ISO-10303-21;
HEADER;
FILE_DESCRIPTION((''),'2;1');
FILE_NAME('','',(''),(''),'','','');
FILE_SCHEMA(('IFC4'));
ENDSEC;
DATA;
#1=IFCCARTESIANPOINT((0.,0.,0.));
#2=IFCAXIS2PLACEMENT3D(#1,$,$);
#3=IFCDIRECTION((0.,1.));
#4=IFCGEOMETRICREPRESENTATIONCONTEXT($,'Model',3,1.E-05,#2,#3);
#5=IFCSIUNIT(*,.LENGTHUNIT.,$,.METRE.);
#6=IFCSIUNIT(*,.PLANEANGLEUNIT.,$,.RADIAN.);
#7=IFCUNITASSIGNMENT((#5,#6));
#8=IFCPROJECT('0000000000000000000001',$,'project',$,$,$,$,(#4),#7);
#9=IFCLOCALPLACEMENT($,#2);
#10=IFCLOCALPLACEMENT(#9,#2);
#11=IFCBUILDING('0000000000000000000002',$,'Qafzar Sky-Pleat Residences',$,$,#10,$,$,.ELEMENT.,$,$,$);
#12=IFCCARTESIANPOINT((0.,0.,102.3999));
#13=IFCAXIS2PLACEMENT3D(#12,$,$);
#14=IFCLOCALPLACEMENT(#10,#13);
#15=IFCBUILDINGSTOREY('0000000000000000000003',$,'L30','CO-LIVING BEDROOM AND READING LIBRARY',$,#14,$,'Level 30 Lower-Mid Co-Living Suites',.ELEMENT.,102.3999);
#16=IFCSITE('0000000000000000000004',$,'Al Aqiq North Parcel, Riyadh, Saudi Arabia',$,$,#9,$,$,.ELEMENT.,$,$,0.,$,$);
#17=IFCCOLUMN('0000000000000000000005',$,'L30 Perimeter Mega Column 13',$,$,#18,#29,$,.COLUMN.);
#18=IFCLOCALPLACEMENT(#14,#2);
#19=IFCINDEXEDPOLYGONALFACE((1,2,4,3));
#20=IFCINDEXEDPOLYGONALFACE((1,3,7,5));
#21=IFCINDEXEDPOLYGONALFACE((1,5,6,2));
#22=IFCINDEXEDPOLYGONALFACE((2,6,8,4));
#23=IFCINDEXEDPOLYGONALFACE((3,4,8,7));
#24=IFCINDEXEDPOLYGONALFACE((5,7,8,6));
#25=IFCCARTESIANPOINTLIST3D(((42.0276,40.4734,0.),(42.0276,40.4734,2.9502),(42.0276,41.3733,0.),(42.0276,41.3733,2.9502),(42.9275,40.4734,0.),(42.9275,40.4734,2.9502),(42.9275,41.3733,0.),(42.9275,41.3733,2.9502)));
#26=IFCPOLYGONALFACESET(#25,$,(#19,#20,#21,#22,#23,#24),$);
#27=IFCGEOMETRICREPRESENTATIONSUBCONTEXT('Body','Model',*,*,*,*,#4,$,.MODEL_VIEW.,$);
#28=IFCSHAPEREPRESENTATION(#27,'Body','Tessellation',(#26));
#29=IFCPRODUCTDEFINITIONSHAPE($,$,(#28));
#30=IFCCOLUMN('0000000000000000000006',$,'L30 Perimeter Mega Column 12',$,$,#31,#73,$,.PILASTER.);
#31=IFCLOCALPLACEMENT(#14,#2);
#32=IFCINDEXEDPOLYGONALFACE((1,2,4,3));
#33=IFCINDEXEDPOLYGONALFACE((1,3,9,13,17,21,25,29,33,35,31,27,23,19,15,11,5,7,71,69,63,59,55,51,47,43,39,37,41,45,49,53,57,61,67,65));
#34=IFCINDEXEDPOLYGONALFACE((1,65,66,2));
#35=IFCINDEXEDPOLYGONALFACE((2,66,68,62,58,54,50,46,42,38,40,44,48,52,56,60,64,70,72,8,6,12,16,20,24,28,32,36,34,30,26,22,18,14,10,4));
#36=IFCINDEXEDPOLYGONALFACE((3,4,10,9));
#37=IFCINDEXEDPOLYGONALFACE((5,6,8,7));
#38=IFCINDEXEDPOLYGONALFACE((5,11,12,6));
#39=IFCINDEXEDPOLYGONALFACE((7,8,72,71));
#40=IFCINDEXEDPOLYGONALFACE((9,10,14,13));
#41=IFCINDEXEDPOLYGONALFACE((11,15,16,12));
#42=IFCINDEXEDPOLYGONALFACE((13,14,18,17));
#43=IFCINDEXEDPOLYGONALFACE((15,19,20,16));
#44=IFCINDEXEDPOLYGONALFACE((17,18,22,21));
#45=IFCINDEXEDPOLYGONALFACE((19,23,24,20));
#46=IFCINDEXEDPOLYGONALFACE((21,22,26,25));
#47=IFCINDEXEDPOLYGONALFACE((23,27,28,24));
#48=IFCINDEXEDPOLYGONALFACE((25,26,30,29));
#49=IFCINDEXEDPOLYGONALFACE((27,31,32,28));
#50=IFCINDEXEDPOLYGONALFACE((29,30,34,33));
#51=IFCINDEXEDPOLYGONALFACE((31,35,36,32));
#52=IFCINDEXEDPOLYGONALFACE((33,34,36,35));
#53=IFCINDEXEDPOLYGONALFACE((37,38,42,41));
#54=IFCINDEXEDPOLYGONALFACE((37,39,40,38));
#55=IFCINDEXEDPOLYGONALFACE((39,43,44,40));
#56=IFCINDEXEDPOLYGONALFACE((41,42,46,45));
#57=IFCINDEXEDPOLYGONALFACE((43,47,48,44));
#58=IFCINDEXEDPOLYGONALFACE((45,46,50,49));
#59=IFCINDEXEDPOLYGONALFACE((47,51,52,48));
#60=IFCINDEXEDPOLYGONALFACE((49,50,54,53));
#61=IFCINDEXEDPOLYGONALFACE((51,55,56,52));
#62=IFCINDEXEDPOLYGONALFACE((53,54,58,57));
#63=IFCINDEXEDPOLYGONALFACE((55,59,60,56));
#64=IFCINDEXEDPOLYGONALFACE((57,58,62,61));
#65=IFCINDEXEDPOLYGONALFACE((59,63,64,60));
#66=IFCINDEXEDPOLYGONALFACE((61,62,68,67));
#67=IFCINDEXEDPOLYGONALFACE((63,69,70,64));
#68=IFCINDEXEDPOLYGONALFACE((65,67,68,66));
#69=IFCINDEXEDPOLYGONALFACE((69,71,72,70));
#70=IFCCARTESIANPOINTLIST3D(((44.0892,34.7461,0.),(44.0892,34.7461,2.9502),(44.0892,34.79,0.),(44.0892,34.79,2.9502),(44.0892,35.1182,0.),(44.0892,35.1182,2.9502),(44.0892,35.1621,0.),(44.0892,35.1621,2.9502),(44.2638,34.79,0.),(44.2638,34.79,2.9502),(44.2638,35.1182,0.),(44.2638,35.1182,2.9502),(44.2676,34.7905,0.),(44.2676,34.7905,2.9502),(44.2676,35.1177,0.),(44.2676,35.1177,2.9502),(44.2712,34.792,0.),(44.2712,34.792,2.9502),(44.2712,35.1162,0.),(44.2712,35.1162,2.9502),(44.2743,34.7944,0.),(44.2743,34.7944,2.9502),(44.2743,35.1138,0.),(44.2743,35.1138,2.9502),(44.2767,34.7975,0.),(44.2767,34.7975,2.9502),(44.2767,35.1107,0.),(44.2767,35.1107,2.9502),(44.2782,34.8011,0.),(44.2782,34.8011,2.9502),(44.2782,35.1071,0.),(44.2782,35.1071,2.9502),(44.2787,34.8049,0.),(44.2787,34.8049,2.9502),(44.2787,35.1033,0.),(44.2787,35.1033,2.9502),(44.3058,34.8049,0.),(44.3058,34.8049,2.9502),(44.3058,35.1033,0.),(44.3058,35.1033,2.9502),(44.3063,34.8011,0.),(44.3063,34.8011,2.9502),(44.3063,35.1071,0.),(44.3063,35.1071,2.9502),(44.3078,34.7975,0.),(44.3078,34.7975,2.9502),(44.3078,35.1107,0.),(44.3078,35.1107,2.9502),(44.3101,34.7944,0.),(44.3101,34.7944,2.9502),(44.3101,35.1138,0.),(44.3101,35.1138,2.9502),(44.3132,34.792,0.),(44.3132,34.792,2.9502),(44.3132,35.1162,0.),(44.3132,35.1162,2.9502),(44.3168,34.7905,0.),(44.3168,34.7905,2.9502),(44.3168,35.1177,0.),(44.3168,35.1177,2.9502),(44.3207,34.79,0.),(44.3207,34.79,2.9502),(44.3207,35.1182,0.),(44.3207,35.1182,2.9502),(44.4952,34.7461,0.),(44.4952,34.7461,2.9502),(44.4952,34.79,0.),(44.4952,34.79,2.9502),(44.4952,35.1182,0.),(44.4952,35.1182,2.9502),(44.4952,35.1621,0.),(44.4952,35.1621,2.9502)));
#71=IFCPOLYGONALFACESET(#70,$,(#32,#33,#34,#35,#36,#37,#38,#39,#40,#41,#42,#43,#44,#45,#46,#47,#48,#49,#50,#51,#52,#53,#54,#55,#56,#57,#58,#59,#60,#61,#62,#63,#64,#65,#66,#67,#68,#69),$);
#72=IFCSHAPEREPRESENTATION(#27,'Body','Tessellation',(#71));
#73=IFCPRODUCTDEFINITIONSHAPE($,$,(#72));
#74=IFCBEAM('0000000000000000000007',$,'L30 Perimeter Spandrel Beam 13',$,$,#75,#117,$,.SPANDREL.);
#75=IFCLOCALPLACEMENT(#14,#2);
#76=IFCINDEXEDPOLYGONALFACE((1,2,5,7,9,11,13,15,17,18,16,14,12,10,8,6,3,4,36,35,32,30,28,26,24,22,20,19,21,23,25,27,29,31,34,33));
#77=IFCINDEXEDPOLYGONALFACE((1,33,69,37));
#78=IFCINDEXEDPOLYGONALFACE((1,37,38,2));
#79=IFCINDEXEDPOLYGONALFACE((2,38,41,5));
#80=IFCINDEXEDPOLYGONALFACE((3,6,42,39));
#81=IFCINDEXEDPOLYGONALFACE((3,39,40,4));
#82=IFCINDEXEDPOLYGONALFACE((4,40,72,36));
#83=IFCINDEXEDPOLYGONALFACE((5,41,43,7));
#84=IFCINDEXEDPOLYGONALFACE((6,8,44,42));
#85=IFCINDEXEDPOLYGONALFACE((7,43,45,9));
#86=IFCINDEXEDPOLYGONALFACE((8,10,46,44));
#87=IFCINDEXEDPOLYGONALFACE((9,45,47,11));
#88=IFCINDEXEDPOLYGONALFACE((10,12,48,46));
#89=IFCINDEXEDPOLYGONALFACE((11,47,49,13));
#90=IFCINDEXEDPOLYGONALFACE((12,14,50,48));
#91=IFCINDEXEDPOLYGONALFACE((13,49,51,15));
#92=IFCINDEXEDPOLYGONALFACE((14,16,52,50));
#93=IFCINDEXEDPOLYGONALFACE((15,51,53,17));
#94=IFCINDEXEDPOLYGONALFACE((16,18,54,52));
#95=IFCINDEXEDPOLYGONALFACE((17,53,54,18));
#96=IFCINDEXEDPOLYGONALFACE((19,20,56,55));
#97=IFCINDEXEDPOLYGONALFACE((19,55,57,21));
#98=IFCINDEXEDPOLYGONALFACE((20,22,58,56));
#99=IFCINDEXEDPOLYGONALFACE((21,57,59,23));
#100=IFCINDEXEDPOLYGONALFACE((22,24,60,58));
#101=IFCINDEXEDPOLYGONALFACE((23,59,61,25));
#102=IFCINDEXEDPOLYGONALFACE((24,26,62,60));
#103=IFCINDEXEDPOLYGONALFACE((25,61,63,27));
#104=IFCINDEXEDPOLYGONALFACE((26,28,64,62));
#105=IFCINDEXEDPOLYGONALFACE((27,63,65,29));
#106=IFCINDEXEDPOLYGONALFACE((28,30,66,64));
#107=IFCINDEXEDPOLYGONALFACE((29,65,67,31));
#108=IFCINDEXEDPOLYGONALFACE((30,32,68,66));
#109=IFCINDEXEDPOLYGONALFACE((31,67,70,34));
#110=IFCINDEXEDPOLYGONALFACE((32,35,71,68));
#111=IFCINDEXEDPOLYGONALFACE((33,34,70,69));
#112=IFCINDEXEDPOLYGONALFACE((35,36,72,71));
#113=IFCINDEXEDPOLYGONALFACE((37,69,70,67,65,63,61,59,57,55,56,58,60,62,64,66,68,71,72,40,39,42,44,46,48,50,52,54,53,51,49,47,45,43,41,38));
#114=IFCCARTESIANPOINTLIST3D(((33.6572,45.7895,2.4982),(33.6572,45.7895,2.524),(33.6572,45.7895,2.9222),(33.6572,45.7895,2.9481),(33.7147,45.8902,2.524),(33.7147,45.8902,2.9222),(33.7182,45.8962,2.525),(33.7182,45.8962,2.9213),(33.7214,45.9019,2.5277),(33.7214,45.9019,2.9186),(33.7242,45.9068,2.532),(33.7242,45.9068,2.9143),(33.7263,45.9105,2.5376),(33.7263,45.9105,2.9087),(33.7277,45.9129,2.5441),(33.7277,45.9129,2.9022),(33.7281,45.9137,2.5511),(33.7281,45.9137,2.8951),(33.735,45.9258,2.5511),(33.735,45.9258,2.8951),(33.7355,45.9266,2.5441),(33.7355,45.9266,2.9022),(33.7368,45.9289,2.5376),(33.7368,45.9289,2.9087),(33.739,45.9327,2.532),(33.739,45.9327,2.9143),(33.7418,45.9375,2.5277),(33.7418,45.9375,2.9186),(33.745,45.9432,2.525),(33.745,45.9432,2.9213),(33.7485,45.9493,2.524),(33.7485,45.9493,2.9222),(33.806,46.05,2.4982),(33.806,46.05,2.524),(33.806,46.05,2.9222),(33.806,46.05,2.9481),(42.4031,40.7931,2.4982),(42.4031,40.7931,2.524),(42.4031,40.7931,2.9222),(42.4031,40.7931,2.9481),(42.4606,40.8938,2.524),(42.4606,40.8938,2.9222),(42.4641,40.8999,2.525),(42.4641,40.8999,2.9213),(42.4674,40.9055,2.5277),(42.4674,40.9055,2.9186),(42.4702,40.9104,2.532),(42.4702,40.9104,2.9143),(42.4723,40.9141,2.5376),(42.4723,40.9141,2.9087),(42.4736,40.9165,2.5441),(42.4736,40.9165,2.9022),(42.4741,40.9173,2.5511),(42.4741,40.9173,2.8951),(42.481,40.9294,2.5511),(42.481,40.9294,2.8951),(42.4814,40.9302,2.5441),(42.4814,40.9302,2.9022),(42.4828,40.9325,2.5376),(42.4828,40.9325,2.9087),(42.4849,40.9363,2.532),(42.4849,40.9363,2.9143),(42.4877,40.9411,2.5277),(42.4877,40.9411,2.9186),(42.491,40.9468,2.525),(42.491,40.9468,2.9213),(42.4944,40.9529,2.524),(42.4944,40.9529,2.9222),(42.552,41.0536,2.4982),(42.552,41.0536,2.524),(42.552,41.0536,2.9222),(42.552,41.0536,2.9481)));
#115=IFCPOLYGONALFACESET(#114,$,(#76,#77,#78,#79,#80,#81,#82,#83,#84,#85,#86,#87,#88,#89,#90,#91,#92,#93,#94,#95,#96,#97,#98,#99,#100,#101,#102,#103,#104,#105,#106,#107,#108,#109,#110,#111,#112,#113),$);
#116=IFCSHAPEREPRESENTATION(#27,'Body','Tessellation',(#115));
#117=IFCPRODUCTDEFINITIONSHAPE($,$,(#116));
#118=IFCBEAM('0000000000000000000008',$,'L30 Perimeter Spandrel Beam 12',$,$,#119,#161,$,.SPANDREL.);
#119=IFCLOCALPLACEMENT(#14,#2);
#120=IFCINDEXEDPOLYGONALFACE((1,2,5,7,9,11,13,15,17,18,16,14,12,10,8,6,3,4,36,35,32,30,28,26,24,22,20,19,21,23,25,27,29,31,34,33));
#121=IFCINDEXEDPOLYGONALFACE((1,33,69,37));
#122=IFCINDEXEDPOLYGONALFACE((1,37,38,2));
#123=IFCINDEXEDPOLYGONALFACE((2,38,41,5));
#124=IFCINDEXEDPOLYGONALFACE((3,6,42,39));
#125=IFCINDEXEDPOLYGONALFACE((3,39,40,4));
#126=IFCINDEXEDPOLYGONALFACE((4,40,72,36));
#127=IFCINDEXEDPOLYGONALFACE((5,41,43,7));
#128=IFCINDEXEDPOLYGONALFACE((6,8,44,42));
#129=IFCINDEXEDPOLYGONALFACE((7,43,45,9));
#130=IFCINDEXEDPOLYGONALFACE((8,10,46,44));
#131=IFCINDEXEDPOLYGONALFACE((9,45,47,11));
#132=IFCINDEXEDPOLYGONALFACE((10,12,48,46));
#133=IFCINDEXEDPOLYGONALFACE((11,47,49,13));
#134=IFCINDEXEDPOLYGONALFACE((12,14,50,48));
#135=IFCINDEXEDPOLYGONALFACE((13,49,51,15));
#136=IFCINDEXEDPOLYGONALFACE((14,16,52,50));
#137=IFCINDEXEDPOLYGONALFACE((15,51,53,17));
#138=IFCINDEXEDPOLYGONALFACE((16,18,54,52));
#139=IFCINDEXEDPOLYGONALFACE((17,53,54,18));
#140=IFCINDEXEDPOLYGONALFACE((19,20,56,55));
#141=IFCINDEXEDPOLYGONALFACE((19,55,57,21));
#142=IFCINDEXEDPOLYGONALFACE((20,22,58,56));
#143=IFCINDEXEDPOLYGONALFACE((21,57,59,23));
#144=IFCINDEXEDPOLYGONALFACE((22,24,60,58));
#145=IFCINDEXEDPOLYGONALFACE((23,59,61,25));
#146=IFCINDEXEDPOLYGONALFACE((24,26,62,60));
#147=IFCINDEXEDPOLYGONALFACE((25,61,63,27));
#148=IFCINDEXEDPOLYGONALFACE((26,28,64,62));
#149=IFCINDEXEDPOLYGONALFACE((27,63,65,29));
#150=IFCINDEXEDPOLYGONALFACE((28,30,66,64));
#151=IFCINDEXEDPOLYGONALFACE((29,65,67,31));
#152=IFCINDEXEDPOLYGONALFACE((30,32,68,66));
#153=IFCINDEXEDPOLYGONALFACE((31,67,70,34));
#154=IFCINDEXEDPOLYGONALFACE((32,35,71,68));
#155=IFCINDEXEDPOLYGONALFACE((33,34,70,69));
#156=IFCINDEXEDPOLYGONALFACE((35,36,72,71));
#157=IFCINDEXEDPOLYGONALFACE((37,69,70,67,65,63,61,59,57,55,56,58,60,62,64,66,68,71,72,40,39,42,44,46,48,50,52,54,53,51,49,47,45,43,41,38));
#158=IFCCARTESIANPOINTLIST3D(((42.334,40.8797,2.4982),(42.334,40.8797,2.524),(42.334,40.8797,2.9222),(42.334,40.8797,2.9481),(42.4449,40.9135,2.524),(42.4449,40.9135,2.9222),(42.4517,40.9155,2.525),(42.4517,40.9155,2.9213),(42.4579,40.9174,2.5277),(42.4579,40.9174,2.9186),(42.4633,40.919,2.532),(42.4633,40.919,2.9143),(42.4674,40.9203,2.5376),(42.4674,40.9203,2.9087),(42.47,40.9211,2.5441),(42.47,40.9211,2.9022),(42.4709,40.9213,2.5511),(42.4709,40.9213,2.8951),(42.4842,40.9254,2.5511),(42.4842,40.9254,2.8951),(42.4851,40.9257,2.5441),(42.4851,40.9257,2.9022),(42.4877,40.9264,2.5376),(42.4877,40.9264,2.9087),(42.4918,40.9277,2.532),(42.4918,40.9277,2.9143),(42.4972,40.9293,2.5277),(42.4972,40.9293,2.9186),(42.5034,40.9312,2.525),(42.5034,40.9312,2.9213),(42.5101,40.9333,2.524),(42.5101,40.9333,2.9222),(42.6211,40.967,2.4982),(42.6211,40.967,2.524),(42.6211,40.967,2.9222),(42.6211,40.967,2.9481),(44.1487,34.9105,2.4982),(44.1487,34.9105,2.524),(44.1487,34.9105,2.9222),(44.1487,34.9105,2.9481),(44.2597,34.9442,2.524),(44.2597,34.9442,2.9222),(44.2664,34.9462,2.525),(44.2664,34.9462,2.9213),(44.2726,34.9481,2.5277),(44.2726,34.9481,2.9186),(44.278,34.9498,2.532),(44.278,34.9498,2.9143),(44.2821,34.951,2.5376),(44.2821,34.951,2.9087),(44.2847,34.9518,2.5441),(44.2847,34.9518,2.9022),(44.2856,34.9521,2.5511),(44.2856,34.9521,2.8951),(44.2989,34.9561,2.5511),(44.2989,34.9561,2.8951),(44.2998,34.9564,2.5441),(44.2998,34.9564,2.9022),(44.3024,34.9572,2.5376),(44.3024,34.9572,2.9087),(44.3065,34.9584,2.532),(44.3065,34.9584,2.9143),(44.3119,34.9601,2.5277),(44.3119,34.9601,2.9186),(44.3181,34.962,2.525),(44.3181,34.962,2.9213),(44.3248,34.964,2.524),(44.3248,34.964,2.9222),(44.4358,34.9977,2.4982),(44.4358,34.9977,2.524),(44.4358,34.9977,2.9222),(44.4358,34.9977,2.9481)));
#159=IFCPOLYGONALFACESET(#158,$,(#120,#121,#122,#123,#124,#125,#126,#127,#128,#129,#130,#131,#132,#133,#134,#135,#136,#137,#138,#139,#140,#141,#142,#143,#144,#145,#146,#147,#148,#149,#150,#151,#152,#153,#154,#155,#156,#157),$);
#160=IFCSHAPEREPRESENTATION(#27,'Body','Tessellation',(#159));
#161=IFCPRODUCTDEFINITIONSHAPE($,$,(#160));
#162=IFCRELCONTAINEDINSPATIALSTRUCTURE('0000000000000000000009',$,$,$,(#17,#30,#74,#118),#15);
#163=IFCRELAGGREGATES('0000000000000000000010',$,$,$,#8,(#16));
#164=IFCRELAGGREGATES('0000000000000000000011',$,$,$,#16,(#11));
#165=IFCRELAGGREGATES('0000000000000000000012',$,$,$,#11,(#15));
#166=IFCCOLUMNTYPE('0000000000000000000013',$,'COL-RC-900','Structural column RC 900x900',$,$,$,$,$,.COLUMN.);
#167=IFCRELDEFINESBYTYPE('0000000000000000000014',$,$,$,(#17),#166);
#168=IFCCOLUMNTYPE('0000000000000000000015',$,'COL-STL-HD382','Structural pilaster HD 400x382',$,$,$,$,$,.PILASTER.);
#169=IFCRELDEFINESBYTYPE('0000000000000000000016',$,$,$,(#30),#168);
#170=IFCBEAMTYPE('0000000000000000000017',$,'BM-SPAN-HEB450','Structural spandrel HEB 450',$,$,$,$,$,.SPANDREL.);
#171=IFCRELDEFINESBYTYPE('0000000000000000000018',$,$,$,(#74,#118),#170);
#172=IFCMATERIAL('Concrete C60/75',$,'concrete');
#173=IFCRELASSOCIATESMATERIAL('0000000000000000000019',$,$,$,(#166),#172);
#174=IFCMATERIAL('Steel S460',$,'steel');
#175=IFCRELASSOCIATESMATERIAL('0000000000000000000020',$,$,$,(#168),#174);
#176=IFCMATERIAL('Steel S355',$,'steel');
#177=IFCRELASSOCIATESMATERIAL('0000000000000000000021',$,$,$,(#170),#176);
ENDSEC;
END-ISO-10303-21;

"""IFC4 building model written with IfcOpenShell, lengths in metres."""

from ifc_helpers import new_model, si_unit, direction, frame, origin, origin_2d, place, context, subcontext, project, spatial, rectangle, i_section, extrude, source, transform, mapped, material, material_profile, profile_set, type_object, element, save


model = new_model("IFC4")

# Units and contexts
model_context = context("Model", 3, precision=1e-05, world=origin(), true_north=direction((0.0, 1.0)))
body_context = subcontext(model_context, "Body", "Model", "MODEL_VIEW")
ifc_project = project(units=[si_unit("LENGTHUNIT", "METRE"), si_unit("PLANEANGLEUNIT", "RADIAN")], contexts=[model_context])

# Site, building, storey
site_placement = place(None, origin())
site = spatial("IfcSite", under=ifc_project, at=site_placement, Name="Al Aqiq North Parcel, Riyadh, Saudi Arabia", CompositionType="ELEMENT", RefElevation=0.0)
building_placement = place(site_placement, origin())
building = spatial("IfcBuilding", under=site, at=building_placement, Name="Qafzar Sky-Pleat Residences", CompositionType="ELEMENT")
storey_placement = place(building_placement, frame((0.0, 0.0, 102.3999)))
storey = spatial("IfcBuildingStorey", under=building, at=storey_placement, Name="L30", Description="CO-LIVING BEDROOM AND READING LIBRARY", LongName="Level 30 Lower-Mid Co-Living Suites", CompositionType="ELEMENT", Elevation=102.3999)

# Columns
ifc_material_1 = material(Name="Concrete C60/75", Category="concrete")
ifc_material_profile_1 = material_profile(ifc_material_1, rectangle(XDim=0.8999, YDim=0.8999, at=origin_2d()), Name="RC 900x900")
ifc_profile_set_1 = profile_set([ifc_material_profile_1], Name="Concrete C60/75")
column_type_1 = type_object("IfcColumnType", Name="COL-RC-900", Description="Structural column RC 900x900", PredefinedType="COLUMN", material=ifc_profile_set_1)
shared_shape_1 = source(origin(), body_context, "Body", "SweptSolid", [
    extrude(rectangle(XDim=0.8999, YDim=0.8999, at=origin_2d()), origin(), (0.0, 0.0, 1.0), 2.9502),
])
column_1_placement = place(storey_placement, frame((42.4775, 40.9233, 0.0), z_axis=(0.0, 0.0, 1.0), x_axis=(1.0, 0.0, 0.0)))
element("IfcColumn", 1, at=column_1_placement, inside=storey, type_object=column_type_1, Name="L30 Perimeter Mega Column 13", PredefinedType="COLUMN", context=body_context, shape_type="MappedRepresentation", body=[
    mapped(shared_shape_1, transform((0.0, 0.0, 0.0), x_axis=(1.0, 0.0, 0.0), y_axis=(0.0, 1.0, 0.0), z_axis=(0.0, 0.0, 1.0), scale=1.0)),
])
ifc_material_2 = material(Name="Steel S460", Category="steel")
ifc_material_profile_2 = material_profile(ifc_material_2, i_section(OverallWidth=0.406, OverallDepth=0.416, WebThickness=0.0271, FlangeThickness=0.0439, FilletRadius=0.0149, at=origin_2d()), Name="HD 400x382")
ifc_profile_set_2 = profile_set([ifc_material_profile_2], Name="Steel S460")
column_type_2 = type_object("IfcColumnType", Name="COL-STL-HD382", Description="Structural pilaster HD 400x382", PredefinedType="PILASTER", material=ifc_profile_set_2)
shared_shape_2 = source(origin(), body_context, "Body", "SweptSolid", [
    extrude(i_section(OverallWidth=0.406, OverallDepth=0.416, WebThickness=0.0271, FlangeThickness=0.0439, FilletRadius=0.0149, at=origin_2d()), origin(), (0.0, 0.0, 1.0), 2.9502),
])
column_2_placement = place(storey_placement, frame((44.2922, 34.9541, 0.0), z_axis=(0.0, 0.0, 1.0), x_axis=(1.0, 0.0, 0.0)))
element("IfcColumn", 2, at=column_2_placement, inside=storey, type_object=column_type_2, Name="L30 Perimeter Mega Column 12", PredefinedType="PILASTER", context=body_context, shape_type="MappedRepresentation", body=[
    mapped(shared_shape_2, transform((0.0, 0.0, 0.0), x_axis=(1.0, 0.0, 0.0), y_axis=(0.0, 1.0, 0.0), z_axis=(0.0, 0.0, 1.0), scale=1.0)),
])

# Beams
ifc_material_3 = material(Name="Steel S355", Category="steel")
ifc_material_profile_3 = material_profile(ifc_material_3, i_section(OverallWidth=0.3, OverallDepth=0.45, WebThickness=0.0139, FlangeThickness=0.0259, FilletRadius=0.0271, at=origin_2d()), Name="HEB 450")
ifc_profile_set_3 = profile_set([ifc_material_profile_3], Name="Steel S355")
beam_type_1 = type_object("IfcBeamType", Name="BM-SPAN-HEB450", Description="Structural spandrel HEB 450", PredefinedType="SPANDREL", material=ifc_profile_set_3)
shared_shape_3 = source(origin(), body_context, "Body", "SweptSolid", [
    extrude(i_section(OverallWidth=0.3, OverallDepth=0.45, WebThickness=0.0139, FlangeThickness=0.0259, FilletRadius=0.0271, at=origin_2d()), origin(), (0.0, 0.0, 1.0), 10.0725),
])
beam_1_placement = place(storey_placement, frame((42.4775, 40.9233, 2.7231), z_axis=(-0.868298, 0.496042, 0.0), x_axis=(-0.496042, -0.868298, 0.0)))
element("IfcBeam", 3, at=beam_1_placement, inside=storey, type_object=beam_type_1, Name="L30 Perimeter Spandrel Beam 13", PredefinedType="SPANDREL", context=body_context, shape_type="MappedRepresentation", body=[
    mapped(shared_shape_3, transform((0.0, 0.0, 0.0), x_axis=(1.0, 0.0, 0.0), y_axis=(0.0, 1.0, 0.0), z_axis=(0.0, 0.0, 1.0), scale=1.0)),
])
shared_shape_4 = source(origin(), body_context, "Body", "SweptSolid", [
    extrude(i_section(OverallWidth=0.3, OverallDepth=0.45, WebThickness=0.0139, FlangeThickness=0.0259, FilletRadius=0.0271, at=origin_2d()), origin(), (0.0, 0.0, 1.0), 6.239),
])
beam_2_placement = place(storey_placement, frame((44.2922, 34.9541, 2.7231), z_axis=(-0.290864, 0.956764, 0.0), x_axis=(-0.956764, -0.290864, 0.0)))
element("IfcBeam", 4, at=beam_2_placement, inside=storey, type_object=beam_type_1, Name="L30 Perimeter Spandrel Beam 12", PredefinedType="SPANDREL", context=body_context, shape_type="MappedRepresentation", body=[
    mapped(shared_shape_4, transform((0.0, 0.0, 0.0), x_axis=(1.0, 0.0, 0.0), y_axis=(0.0, 1.0, 0.0), z_axis=(0.0, 0.0, 1.0), scale=1.0)),
])

save(model, "model.ifc")
